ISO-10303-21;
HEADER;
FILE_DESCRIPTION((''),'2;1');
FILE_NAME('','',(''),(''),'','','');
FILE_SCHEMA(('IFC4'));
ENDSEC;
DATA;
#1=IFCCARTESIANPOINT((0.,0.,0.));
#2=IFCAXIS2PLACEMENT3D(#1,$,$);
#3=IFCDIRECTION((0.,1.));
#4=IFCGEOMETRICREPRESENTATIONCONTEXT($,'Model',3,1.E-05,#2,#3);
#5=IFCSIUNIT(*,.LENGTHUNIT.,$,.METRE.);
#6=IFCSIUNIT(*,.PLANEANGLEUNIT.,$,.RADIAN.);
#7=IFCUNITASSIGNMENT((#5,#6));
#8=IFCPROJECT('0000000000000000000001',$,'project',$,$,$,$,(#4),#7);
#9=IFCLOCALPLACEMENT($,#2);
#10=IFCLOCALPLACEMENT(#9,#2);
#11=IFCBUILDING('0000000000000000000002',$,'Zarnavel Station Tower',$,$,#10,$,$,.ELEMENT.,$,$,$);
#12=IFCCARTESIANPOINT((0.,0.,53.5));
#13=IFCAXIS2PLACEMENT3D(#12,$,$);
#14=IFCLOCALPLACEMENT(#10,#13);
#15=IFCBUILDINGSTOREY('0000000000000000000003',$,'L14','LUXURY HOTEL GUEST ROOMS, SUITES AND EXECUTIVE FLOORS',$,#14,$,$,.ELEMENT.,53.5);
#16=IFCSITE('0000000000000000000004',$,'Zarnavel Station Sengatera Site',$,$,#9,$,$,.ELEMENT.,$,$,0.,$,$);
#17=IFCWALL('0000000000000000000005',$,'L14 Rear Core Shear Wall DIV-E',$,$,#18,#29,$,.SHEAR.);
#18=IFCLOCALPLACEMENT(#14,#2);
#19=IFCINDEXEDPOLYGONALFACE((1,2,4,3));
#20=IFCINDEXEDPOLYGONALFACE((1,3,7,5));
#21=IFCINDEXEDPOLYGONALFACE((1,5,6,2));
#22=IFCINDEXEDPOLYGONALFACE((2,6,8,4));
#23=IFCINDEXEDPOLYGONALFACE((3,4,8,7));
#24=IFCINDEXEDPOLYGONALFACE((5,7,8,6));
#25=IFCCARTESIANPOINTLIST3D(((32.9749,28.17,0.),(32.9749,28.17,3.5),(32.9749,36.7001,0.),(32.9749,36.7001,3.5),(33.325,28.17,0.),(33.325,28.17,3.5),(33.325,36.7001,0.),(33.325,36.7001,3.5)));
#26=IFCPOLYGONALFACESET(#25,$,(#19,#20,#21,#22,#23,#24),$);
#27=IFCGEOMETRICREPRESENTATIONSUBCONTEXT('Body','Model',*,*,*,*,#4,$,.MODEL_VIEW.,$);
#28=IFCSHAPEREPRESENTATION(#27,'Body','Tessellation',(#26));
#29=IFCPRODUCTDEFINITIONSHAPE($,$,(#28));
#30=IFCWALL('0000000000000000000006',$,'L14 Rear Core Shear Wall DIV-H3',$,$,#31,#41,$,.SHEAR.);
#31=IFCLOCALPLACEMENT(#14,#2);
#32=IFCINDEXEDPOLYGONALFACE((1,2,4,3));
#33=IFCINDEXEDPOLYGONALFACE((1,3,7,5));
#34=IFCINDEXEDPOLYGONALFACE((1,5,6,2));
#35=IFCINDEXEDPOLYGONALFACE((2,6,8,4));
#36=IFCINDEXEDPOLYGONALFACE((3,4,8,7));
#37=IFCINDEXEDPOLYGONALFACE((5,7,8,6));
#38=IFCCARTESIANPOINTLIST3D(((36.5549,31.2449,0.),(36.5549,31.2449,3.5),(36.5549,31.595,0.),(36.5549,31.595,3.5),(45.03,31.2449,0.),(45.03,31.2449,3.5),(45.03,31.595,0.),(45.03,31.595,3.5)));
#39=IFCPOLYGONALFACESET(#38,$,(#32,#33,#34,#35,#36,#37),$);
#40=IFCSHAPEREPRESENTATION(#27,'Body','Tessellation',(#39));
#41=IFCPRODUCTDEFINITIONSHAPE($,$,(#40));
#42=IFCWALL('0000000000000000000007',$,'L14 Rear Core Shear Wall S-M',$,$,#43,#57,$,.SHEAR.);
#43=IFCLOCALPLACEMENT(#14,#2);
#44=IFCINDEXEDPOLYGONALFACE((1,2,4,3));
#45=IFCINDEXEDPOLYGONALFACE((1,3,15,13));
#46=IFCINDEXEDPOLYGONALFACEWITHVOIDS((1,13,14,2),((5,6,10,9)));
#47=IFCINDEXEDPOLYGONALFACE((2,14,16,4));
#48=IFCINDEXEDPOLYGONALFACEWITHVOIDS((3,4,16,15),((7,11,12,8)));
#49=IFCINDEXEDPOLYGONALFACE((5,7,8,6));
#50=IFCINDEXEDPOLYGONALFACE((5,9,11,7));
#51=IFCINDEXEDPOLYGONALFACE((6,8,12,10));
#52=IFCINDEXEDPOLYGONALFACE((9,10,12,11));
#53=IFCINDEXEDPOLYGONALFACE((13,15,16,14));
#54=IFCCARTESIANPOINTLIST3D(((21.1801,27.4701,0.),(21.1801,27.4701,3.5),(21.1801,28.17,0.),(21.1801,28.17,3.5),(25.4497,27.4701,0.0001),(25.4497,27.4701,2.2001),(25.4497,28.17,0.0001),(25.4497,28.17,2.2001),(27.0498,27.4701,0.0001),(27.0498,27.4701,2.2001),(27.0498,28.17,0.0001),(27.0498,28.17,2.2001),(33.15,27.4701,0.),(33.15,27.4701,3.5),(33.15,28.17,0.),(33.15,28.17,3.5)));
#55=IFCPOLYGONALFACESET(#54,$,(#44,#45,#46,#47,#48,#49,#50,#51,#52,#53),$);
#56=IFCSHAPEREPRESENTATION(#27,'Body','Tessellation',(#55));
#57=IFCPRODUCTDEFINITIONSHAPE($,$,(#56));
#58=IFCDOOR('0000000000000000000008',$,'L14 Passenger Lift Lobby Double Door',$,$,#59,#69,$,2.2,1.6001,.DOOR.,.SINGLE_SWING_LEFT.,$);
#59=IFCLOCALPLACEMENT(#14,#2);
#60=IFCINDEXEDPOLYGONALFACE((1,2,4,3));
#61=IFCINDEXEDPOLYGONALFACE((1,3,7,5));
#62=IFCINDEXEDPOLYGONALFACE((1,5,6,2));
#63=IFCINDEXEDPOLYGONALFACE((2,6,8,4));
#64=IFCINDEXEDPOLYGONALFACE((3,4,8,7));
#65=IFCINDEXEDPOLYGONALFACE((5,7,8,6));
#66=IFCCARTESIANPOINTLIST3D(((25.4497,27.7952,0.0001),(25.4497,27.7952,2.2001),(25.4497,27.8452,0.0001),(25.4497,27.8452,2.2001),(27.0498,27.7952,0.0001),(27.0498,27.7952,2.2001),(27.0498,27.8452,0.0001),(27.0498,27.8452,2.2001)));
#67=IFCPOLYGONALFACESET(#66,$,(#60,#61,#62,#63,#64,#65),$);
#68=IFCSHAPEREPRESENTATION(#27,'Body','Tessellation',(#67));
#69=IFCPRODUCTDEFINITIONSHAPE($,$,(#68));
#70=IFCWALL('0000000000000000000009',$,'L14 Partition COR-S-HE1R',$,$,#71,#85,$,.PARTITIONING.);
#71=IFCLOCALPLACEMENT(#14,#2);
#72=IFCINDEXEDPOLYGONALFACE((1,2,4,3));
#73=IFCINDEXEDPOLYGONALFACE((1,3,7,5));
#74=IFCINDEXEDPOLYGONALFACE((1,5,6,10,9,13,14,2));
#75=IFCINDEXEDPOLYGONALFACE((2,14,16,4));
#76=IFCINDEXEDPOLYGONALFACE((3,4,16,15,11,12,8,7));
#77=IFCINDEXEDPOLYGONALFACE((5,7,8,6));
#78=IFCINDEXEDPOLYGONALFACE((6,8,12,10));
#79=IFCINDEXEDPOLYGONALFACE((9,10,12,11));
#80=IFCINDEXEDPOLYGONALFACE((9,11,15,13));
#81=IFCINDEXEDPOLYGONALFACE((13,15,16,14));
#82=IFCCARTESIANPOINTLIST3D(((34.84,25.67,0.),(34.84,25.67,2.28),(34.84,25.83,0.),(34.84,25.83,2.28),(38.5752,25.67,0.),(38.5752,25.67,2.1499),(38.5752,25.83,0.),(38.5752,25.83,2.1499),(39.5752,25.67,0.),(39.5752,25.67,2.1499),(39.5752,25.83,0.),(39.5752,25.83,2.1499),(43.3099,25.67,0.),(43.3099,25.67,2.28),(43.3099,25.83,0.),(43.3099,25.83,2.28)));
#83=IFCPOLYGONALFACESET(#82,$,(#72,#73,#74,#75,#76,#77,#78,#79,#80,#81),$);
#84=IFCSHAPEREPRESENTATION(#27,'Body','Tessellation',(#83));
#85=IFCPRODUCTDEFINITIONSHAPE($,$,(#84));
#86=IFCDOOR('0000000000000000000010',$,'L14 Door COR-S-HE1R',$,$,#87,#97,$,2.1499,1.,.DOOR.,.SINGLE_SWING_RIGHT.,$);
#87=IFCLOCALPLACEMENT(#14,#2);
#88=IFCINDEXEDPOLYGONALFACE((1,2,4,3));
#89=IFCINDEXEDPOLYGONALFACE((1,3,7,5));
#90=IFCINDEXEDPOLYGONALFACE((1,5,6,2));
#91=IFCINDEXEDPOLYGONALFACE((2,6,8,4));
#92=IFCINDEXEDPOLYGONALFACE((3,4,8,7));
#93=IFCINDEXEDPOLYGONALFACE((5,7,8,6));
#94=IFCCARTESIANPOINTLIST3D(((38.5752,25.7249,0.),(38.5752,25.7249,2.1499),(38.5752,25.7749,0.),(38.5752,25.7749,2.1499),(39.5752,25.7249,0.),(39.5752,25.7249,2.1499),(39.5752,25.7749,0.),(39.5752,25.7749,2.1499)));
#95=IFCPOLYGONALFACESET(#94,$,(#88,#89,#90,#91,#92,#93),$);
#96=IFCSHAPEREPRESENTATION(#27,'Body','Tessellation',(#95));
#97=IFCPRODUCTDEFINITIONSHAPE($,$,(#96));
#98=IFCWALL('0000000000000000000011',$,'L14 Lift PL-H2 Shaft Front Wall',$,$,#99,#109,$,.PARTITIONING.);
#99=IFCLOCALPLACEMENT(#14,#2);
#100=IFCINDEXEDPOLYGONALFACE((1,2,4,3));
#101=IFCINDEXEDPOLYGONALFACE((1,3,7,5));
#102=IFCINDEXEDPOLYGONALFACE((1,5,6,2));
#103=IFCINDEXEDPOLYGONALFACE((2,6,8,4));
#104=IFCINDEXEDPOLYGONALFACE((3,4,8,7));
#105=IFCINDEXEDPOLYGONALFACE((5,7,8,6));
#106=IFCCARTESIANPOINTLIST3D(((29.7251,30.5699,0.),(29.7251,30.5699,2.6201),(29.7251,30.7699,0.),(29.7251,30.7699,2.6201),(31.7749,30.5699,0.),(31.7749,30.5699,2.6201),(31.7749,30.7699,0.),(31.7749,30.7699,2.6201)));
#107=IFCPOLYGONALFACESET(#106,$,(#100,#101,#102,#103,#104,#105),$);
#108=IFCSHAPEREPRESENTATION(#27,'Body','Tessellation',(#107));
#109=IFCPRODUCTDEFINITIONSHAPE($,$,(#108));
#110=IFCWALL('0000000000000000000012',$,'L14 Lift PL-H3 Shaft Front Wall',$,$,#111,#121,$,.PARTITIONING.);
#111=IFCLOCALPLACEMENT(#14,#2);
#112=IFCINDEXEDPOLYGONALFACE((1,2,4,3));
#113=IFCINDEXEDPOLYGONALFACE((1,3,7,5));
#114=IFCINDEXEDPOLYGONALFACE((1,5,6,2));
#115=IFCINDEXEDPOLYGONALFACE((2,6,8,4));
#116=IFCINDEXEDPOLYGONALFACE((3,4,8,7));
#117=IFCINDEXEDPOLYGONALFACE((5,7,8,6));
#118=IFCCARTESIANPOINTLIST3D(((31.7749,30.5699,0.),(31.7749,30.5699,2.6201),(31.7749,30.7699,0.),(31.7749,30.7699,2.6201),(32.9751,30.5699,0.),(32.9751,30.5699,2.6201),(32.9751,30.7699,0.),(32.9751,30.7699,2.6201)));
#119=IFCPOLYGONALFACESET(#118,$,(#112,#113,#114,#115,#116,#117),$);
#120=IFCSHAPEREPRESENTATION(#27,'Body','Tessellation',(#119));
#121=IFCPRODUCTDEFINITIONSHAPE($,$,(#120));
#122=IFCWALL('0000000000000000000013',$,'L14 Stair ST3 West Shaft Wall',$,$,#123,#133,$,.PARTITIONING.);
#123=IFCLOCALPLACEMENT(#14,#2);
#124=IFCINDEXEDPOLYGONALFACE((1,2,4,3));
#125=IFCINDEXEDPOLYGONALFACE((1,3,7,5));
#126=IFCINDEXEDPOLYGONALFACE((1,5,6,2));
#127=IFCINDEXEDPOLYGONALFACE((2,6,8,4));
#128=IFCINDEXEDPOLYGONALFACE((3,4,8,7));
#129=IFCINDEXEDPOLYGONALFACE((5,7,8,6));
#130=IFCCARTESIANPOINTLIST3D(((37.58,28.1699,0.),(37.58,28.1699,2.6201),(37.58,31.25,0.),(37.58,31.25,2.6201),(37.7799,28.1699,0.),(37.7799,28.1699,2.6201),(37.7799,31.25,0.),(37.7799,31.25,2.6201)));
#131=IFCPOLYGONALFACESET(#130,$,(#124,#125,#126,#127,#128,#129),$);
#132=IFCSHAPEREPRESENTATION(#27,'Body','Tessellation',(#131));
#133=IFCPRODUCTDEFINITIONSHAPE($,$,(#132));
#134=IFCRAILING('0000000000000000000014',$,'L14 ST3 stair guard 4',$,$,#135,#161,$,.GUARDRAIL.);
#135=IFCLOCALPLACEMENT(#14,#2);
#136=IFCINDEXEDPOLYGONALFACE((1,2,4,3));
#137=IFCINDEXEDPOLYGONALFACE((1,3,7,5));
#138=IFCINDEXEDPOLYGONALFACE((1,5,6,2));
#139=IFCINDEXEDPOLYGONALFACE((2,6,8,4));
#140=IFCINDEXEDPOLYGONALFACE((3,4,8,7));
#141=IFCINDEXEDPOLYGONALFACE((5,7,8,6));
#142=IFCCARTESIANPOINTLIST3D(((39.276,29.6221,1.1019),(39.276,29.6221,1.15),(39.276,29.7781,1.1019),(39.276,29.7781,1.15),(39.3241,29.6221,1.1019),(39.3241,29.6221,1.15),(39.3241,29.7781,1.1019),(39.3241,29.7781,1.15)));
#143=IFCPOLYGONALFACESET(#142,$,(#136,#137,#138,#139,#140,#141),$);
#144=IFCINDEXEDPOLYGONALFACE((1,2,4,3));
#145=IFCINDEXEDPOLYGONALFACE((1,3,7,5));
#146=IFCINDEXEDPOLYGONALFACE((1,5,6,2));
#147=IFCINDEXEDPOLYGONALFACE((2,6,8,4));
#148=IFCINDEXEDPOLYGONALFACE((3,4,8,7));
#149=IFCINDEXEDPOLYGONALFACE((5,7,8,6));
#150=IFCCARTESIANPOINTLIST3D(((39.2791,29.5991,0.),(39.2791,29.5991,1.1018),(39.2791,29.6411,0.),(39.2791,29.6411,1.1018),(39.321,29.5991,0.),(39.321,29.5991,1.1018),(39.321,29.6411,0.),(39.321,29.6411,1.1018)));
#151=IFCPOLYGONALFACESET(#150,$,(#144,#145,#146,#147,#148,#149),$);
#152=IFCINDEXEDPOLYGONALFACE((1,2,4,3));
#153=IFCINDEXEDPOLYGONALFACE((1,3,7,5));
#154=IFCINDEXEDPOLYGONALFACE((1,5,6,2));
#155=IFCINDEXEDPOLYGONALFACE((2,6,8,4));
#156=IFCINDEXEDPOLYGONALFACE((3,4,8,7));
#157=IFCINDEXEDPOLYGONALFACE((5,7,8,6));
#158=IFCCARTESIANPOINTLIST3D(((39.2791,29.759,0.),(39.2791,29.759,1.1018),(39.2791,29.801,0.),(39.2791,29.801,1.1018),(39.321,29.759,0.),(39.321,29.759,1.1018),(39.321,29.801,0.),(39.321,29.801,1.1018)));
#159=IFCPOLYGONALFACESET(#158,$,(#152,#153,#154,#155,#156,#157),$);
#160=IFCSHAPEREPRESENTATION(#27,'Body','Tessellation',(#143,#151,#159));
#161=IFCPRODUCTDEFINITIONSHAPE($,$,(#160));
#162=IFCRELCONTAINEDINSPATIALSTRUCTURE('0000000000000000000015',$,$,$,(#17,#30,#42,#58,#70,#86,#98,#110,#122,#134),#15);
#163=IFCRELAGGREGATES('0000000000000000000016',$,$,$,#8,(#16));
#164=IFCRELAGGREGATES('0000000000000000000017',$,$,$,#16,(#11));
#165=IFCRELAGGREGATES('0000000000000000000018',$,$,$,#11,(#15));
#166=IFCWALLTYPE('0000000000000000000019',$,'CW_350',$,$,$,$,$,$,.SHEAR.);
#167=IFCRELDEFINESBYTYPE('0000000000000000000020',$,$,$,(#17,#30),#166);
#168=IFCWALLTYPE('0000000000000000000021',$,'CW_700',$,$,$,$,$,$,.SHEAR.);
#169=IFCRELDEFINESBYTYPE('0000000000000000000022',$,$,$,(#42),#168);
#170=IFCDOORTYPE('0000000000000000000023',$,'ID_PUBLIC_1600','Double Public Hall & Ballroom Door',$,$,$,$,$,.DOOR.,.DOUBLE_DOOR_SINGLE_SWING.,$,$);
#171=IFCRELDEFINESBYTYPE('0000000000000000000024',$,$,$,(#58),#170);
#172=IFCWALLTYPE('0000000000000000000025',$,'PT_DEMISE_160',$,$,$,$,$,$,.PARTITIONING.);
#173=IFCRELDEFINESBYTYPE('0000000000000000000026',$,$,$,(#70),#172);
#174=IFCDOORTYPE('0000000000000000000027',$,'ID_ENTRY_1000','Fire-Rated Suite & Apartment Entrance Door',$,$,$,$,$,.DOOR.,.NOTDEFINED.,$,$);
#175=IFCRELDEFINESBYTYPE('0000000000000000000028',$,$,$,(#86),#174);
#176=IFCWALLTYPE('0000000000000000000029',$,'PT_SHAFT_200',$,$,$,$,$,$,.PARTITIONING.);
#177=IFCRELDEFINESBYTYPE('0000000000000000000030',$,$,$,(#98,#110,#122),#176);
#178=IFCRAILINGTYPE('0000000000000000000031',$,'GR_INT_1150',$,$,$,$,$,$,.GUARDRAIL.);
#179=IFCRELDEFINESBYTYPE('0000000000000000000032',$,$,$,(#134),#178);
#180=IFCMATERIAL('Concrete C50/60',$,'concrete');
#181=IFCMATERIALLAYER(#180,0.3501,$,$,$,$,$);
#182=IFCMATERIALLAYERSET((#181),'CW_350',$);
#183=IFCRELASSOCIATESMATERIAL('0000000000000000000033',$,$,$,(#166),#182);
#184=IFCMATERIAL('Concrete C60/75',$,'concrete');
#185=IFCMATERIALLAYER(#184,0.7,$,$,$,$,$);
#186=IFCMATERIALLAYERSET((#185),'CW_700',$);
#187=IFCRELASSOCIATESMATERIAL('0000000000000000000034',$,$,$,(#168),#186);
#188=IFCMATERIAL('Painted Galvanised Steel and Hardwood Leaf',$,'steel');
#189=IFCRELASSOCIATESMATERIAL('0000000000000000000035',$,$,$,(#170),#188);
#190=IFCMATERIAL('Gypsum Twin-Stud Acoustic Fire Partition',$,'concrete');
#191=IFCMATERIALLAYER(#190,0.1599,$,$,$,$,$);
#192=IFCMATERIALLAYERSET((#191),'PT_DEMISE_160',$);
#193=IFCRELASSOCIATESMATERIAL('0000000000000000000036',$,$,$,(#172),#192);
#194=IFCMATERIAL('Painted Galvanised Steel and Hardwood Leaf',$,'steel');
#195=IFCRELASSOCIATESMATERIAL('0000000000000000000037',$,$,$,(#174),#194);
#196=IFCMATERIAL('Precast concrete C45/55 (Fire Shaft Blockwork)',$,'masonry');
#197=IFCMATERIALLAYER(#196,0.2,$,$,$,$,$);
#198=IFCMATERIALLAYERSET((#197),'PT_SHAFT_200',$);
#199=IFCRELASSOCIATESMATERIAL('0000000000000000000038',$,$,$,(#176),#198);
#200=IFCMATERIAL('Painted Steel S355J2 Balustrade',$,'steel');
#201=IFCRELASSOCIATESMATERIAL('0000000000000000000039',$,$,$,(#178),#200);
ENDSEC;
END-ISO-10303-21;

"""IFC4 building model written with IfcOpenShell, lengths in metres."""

from ifc_helpers import new_model, si_unit, direction, frame, frame_2d, origin, origin_2d, place, context, subcontext, project, spatial, rectangle, extrude, material, layer, layer_set, type_object, element, fill, save


model = new_model("IFC4")

# Units and contexts
model_context = context("Model", 3, precision=1e-05, world=origin(), true_north=direction((0.0, 1.0)))
body_context = subcontext(model_context, "Body", "Model", "MODEL_VIEW")
ifc_project = project(units=[si_unit("LENGTHUNIT", "METRE"), si_unit("PLANEANGLEUNIT", "RADIAN")], contexts=[model_context])

# Site, building, storey
site_placement = place(None, origin())
site = spatial("IfcSite", under=ifc_project, at=site_placement, Name="Zarnavel Station Sengatera Site", CompositionType="ELEMENT", RefElevation=0.0)
building_placement = place(site_placement, origin())
building = spatial("IfcBuilding", under=site, at=building_placement, Name="Zarnavel Station Tower", CompositionType="ELEMENT")
storey_placement = place(building_placement, frame((0.0, 0.0, 53.5)))
storey = spatial("IfcBuildingStorey", under=building, at=storey_placement, Name="L14", Description="LUXURY HOTEL GUEST ROOMS, SUITES AND EXECUTIVE FLOORS", CompositionType="ELEMENT", Elevation=53.5)

# Wall
ifc_material_1 = material(Name="Concrete C50/60", Category="concrete")
ifc_layer_1 = layer(ifc_material_1, 0.3501)
ifc_layer_set_1 = layer_set([ifc_layer_1], Name="CW_350")
wall_type_1 = type_object("IfcWallType", Name="CW_350", PredefinedType="SHEAR", material=ifc_layer_set_1)
wall_1_placement = place(storey_placement, frame((33.1499, 28.1699, 0.0), z_axis=(0.0, 0.0, 1.0), x_axis=(0.0, 1.0, 0.0)))
element("IfcWall", 1, at=wall_1_placement, inside=storey, type_object=wall_type_1, Name="L14 Rear Core Shear Wall DIV-E", PredefinedType="SHEAR", context=body_context, shape_type="SweptSolid", body=[
    extrude(rectangle(XDim=8.53, YDim=0.3501, at=frame_2d((4.2651, 0.0))), origin(), (0.0, 0.0, 1.0), 3.5),
])

# Wall
wall_2_placement = place(storey_placement, frame((36.5549, 31.4199, 0.0), z_axis=(0.0, 0.0, 1.0), x_axis=(1.0, 0.0, 0.0)))
element("IfcWall", 2, at=wall_2_placement, inside=storey, type_object=wall_type_1, Name="L14 Rear Core Shear Wall DIV-H3", PredefinedType="SHEAR", context=body_context, shape_type="SweptSolid", body=[
    extrude(rectangle(XDim=8.4751, YDim=0.3501, at=frame_2d((4.2375, 0.0))), origin(), (0.0, 0.0, 1.0), 3.5),
])

# Walls, openings, doors
ifc_material_2 = material(Name="Concrete C60/75", Category="concrete")
ifc_layer_2 = layer(ifc_material_2, 0.7)
ifc_layer_set_2 = layer_set([ifc_layer_2], Name="CW_700")
wall_type_2 = type_object("IfcWallType", Name="CW_700", PredefinedType="SHEAR", material=ifc_layer_set_2)
wall_3_placement = place(storey_placement, frame((33.1499, 27.8201, 0.0), z_axis=(0.0, 0.0, 1.0), x_axis=(-1.0, 0.0, 0.0)))
wall_3 = element("IfcWall", 3, at=wall_3_placement, inside=storey, type_object=wall_type_2, Name="L14 Rear Core Shear Wall S-M", PredefinedType="SHEAR", context=body_context, shape_type="SweptSolid", body=[
    extrude(rectangle(XDim=11.97, YDim=0.7, at=frame_2d((5.9849, 0.0))), origin(), (0.0, 0.0, 1.0), 3.5),
])
opening_1_placement = place(wall_3_placement, frame((6.1001, 0.0, 0.0)))
opening_1 = element("IfcOpeningElement", 4, at=opening_1_placement, cuts=wall_3, PredefinedType="OPENING", context=body_context, shape_type="SweptSolid", body=[
    extrude(rectangle(XDim=1.6001, YDim=2.2, at=frame_2d((0.8, 1.1001))), frame((0.0, 0.3599, 0.0), z_axis=(0.0, -1.0, 0.0), x_axis=(1.0, 0.0, 0.0)), (0.0, 0.0, 1.0), 0.72),
])
ifc_material_3 = material(Name="Painted Galvanised Steel and Hardwood Leaf", Category="steel")
door_type_1 = type_object("IfcDoorType", Name="ID_PUBLIC_1600", Description="Double Public Hall & Ballroom Door", OperationType="DOUBLE_DOOR_SINGLE_SWING", PredefinedType="DOOR", material=ifc_material_3)
door_1_placement = place(opening_1_placement, origin())
door_1 = element("IfcDoor", 5, at=door_1_placement, inside=storey, type_object=door_type_1, Name="L14 Passenger Lift Lobby Double Door", OperationType="SINGLE_SWING_LEFT", OverallHeight=2.2, OverallWidth=1.6001, PredefinedType="DOOR", context=body_context, shape_type="SweptSolid", body=[
    extrude(rectangle(XDim=1.6001, YDim=2.2, at=frame_2d((0.8, 1.1001))), frame((0.0, 0.0249, 0.0), z_axis=(0.0, -1.0, 0.0), x_axis=(1.0, 0.0, 0.0)), (0.0, 0.0, 1.0), 0.05),
])
fill(opening_1, door_1)
ifc_material_4 = material(Name="Gypsum Twin-Stud Acoustic Fire Partition", Category="concrete")
ifc_layer_3 = layer(ifc_material_4, 0.1599)
ifc_layer_set_3 = layer_set([ifc_layer_3], Name="PT_DEMISE_160")
wall_type_3 = type_object("IfcWallType", Name="PT_DEMISE_160", PredefinedType="PARTITIONING", material=ifc_layer_set_3)
wall_4_placement = place(storey_placement, frame((34.8401, 25.75, 0.0), z_axis=(0.0, 0.0, 1.0), x_axis=(1.0, 0.0, 0.0)))
wall_4 = element("IfcWall", 6, at=wall_4_placement, inside=storey, type_object=wall_type_3, Name="L14 Partition COR-S-HE1R", PredefinedType="PARTITIONING", context=body_context, shape_type="SweptSolid", body=[
    extrude(rectangle(XDim=8.47, YDim=0.1599, at=frame_2d((4.2349, 0.0))), origin(), (0.0, 0.0, 1.0), 2.28),
])
opening_2_placement = place(wall_4_placement, frame((3.7351, 0.0, 0.0)))
opening_2 = element("IfcOpeningElement", 7, at=opening_2_placement, cuts=wall_4, PredefinedType="OPENING", context=body_context, shape_type="SweptSolid", body=[
    extrude(rectangle(XDim=1.0, YDim=2.1499, at=frame_2d((0.5, 1.075))), frame((0.0, 0.0898, 0.0), z_axis=(0.0, -1.0, 0.0), x_axis=(1.0, 0.0, 0.0)), (0.0, 0.0, 1.0), 0.1799),
])
ifc_material_5 = material(Name="Painted Galvanised Steel and Hardwood Leaf", Category="steel")
door_type_2 = type_object("IfcDoorType", Name="ID_ENTRY_1000", Description="Fire-Rated Suite & Apartment Entrance Door", OperationType="NOTDEFINED", PredefinedType="DOOR", material=ifc_material_5)
door_2_placement = place(opening_2_placement, origin())
door_2 = element("IfcDoor", 8, at=door_2_placement, inside=storey, type_object=door_type_2, Name="L14 Door COR-S-HE1R", OperationType="SINGLE_SWING_RIGHT", OverallHeight=2.1499, OverallWidth=1.0, PredefinedType="DOOR", context=body_context, shape_type="SweptSolid", body=[
    extrude(rectangle(XDim=1.0, YDim=2.1499, at=frame_2d((0.5, 1.075))), frame((0.0, 0.0249, 0.0), z_axis=(0.0, -1.0, 0.0), x_axis=(1.0, 0.0, 0.0)), (0.0, 0.0, 1.0), 0.05),
])
fill(opening_2, door_2)

# Walls
ifc_material_6 = material(Name="Precast concrete C45/55 (Fire Shaft Blockwork)", Category="masonry")
ifc_layer_4 = layer(ifc_material_6, 0.2)
ifc_layer_set_4 = layer_set([ifc_layer_4], Name="PT_SHAFT_200")
wall_type_4 = type_object("IfcWallType", Name="PT_SHAFT_200", PredefinedType="PARTITIONING", material=ifc_layer_set_4)
wall_5_placement = place(storey_placement, frame((29.7251, 30.6699, 0.0), z_axis=(0.0, 0.0, 1.0), x_axis=(1.0, 0.0, 0.0)))
element("IfcWall", 9, at=wall_5_placement, inside=storey, type_object=wall_type_4, Name="L14 Lift PL-H2 Shaft Front Wall", PredefinedType="PARTITIONING", context=body_context, shape_type="SweptSolid", body=[
    extrude(rectangle(XDim=2.0498, YDim=0.2, at=frame_2d((1.0249, 0.0))), origin(), (0.0, 0.0, 1.0), 2.6201),
])
wall_6_placement = place(storey_placement, frame((31.7749, 30.6699, 0.0), z_axis=(0.0, 0.0, 1.0), x_axis=(1.0, 0.0, 0.0)))
element("IfcWall", 10, at=wall_6_placement, inside=storey, type_object=wall_type_4, Name="L14 Lift PL-H3 Shaft Front Wall", PredefinedType="PARTITIONING", context=body_context, shape_type="SweptSolid", body=[
    extrude(rectangle(XDim=1.2002, YDim=0.2, at=frame_2d((0.6001, 0.0))), origin(), (0.0, 0.0, 1.0), 2.6201),
])
wall_7_placement = place(storey_placement, frame((37.6799, 28.1699, 0.0), z_axis=(0.0, 0.0, 1.0), x_axis=(0.0, 1.0, 0.0)))
element("IfcWall", 11, at=wall_7_placement, inside=storey, type_object=wall_type_4, Name="L14 Stair ST3 West Shaft Wall", PredefinedType="PARTITIONING", context=body_context, shape_type="SweptSolid", body=[
    extrude(rectangle(XDim=3.0801, YDim=0.2, at=frame_2d((1.54, 0.0))), origin(), (0.0, 0.0, 1.0), 2.6201),
])

# Railing
ifc_material_7 = material(Name="Painted Steel S355J2 Balustrade", Category="steel")
railing_type_1 = type_object("IfcRailingType", Name="GR_INT_1150", PredefinedType="GUARDRAIL", material=ifc_material_7)
railing_1_placement = place(storey_placement, frame((39.3, 29.6201, 0.0)))
element("IfcRailing", 12, at=railing_1_placement, inside=storey, type_object=railing_type_1, Name="L14 ST3 stair guard 4", PredefinedType="GUARDRAIL", context=body_context, shape_type="SweptSolid", body=[
    extrude(rectangle(XDim=0.0481, YDim=0.0481, at=origin_2d()), frame((0.0, 0.002, 1.126), z_axis=(0.0, 1.0, 0.0), x_axis=(-1.0, 0.0, 0.0)), (0.0, 0.0, 1.0), 0.156),
    extrude(rectangle(XDim=0.042, YDim=0.042, at=origin_2d()), origin(), (0.0, 0.0, 1.0), 1.1018),
    extrude(rectangle(XDim=0.042, YDim=0.042, at=origin_2d()), frame((0.0, 0.1599, 0.0)), (0.0, 0.0, 1.0), 1.1018),
])

save(model, "model.ifc")
